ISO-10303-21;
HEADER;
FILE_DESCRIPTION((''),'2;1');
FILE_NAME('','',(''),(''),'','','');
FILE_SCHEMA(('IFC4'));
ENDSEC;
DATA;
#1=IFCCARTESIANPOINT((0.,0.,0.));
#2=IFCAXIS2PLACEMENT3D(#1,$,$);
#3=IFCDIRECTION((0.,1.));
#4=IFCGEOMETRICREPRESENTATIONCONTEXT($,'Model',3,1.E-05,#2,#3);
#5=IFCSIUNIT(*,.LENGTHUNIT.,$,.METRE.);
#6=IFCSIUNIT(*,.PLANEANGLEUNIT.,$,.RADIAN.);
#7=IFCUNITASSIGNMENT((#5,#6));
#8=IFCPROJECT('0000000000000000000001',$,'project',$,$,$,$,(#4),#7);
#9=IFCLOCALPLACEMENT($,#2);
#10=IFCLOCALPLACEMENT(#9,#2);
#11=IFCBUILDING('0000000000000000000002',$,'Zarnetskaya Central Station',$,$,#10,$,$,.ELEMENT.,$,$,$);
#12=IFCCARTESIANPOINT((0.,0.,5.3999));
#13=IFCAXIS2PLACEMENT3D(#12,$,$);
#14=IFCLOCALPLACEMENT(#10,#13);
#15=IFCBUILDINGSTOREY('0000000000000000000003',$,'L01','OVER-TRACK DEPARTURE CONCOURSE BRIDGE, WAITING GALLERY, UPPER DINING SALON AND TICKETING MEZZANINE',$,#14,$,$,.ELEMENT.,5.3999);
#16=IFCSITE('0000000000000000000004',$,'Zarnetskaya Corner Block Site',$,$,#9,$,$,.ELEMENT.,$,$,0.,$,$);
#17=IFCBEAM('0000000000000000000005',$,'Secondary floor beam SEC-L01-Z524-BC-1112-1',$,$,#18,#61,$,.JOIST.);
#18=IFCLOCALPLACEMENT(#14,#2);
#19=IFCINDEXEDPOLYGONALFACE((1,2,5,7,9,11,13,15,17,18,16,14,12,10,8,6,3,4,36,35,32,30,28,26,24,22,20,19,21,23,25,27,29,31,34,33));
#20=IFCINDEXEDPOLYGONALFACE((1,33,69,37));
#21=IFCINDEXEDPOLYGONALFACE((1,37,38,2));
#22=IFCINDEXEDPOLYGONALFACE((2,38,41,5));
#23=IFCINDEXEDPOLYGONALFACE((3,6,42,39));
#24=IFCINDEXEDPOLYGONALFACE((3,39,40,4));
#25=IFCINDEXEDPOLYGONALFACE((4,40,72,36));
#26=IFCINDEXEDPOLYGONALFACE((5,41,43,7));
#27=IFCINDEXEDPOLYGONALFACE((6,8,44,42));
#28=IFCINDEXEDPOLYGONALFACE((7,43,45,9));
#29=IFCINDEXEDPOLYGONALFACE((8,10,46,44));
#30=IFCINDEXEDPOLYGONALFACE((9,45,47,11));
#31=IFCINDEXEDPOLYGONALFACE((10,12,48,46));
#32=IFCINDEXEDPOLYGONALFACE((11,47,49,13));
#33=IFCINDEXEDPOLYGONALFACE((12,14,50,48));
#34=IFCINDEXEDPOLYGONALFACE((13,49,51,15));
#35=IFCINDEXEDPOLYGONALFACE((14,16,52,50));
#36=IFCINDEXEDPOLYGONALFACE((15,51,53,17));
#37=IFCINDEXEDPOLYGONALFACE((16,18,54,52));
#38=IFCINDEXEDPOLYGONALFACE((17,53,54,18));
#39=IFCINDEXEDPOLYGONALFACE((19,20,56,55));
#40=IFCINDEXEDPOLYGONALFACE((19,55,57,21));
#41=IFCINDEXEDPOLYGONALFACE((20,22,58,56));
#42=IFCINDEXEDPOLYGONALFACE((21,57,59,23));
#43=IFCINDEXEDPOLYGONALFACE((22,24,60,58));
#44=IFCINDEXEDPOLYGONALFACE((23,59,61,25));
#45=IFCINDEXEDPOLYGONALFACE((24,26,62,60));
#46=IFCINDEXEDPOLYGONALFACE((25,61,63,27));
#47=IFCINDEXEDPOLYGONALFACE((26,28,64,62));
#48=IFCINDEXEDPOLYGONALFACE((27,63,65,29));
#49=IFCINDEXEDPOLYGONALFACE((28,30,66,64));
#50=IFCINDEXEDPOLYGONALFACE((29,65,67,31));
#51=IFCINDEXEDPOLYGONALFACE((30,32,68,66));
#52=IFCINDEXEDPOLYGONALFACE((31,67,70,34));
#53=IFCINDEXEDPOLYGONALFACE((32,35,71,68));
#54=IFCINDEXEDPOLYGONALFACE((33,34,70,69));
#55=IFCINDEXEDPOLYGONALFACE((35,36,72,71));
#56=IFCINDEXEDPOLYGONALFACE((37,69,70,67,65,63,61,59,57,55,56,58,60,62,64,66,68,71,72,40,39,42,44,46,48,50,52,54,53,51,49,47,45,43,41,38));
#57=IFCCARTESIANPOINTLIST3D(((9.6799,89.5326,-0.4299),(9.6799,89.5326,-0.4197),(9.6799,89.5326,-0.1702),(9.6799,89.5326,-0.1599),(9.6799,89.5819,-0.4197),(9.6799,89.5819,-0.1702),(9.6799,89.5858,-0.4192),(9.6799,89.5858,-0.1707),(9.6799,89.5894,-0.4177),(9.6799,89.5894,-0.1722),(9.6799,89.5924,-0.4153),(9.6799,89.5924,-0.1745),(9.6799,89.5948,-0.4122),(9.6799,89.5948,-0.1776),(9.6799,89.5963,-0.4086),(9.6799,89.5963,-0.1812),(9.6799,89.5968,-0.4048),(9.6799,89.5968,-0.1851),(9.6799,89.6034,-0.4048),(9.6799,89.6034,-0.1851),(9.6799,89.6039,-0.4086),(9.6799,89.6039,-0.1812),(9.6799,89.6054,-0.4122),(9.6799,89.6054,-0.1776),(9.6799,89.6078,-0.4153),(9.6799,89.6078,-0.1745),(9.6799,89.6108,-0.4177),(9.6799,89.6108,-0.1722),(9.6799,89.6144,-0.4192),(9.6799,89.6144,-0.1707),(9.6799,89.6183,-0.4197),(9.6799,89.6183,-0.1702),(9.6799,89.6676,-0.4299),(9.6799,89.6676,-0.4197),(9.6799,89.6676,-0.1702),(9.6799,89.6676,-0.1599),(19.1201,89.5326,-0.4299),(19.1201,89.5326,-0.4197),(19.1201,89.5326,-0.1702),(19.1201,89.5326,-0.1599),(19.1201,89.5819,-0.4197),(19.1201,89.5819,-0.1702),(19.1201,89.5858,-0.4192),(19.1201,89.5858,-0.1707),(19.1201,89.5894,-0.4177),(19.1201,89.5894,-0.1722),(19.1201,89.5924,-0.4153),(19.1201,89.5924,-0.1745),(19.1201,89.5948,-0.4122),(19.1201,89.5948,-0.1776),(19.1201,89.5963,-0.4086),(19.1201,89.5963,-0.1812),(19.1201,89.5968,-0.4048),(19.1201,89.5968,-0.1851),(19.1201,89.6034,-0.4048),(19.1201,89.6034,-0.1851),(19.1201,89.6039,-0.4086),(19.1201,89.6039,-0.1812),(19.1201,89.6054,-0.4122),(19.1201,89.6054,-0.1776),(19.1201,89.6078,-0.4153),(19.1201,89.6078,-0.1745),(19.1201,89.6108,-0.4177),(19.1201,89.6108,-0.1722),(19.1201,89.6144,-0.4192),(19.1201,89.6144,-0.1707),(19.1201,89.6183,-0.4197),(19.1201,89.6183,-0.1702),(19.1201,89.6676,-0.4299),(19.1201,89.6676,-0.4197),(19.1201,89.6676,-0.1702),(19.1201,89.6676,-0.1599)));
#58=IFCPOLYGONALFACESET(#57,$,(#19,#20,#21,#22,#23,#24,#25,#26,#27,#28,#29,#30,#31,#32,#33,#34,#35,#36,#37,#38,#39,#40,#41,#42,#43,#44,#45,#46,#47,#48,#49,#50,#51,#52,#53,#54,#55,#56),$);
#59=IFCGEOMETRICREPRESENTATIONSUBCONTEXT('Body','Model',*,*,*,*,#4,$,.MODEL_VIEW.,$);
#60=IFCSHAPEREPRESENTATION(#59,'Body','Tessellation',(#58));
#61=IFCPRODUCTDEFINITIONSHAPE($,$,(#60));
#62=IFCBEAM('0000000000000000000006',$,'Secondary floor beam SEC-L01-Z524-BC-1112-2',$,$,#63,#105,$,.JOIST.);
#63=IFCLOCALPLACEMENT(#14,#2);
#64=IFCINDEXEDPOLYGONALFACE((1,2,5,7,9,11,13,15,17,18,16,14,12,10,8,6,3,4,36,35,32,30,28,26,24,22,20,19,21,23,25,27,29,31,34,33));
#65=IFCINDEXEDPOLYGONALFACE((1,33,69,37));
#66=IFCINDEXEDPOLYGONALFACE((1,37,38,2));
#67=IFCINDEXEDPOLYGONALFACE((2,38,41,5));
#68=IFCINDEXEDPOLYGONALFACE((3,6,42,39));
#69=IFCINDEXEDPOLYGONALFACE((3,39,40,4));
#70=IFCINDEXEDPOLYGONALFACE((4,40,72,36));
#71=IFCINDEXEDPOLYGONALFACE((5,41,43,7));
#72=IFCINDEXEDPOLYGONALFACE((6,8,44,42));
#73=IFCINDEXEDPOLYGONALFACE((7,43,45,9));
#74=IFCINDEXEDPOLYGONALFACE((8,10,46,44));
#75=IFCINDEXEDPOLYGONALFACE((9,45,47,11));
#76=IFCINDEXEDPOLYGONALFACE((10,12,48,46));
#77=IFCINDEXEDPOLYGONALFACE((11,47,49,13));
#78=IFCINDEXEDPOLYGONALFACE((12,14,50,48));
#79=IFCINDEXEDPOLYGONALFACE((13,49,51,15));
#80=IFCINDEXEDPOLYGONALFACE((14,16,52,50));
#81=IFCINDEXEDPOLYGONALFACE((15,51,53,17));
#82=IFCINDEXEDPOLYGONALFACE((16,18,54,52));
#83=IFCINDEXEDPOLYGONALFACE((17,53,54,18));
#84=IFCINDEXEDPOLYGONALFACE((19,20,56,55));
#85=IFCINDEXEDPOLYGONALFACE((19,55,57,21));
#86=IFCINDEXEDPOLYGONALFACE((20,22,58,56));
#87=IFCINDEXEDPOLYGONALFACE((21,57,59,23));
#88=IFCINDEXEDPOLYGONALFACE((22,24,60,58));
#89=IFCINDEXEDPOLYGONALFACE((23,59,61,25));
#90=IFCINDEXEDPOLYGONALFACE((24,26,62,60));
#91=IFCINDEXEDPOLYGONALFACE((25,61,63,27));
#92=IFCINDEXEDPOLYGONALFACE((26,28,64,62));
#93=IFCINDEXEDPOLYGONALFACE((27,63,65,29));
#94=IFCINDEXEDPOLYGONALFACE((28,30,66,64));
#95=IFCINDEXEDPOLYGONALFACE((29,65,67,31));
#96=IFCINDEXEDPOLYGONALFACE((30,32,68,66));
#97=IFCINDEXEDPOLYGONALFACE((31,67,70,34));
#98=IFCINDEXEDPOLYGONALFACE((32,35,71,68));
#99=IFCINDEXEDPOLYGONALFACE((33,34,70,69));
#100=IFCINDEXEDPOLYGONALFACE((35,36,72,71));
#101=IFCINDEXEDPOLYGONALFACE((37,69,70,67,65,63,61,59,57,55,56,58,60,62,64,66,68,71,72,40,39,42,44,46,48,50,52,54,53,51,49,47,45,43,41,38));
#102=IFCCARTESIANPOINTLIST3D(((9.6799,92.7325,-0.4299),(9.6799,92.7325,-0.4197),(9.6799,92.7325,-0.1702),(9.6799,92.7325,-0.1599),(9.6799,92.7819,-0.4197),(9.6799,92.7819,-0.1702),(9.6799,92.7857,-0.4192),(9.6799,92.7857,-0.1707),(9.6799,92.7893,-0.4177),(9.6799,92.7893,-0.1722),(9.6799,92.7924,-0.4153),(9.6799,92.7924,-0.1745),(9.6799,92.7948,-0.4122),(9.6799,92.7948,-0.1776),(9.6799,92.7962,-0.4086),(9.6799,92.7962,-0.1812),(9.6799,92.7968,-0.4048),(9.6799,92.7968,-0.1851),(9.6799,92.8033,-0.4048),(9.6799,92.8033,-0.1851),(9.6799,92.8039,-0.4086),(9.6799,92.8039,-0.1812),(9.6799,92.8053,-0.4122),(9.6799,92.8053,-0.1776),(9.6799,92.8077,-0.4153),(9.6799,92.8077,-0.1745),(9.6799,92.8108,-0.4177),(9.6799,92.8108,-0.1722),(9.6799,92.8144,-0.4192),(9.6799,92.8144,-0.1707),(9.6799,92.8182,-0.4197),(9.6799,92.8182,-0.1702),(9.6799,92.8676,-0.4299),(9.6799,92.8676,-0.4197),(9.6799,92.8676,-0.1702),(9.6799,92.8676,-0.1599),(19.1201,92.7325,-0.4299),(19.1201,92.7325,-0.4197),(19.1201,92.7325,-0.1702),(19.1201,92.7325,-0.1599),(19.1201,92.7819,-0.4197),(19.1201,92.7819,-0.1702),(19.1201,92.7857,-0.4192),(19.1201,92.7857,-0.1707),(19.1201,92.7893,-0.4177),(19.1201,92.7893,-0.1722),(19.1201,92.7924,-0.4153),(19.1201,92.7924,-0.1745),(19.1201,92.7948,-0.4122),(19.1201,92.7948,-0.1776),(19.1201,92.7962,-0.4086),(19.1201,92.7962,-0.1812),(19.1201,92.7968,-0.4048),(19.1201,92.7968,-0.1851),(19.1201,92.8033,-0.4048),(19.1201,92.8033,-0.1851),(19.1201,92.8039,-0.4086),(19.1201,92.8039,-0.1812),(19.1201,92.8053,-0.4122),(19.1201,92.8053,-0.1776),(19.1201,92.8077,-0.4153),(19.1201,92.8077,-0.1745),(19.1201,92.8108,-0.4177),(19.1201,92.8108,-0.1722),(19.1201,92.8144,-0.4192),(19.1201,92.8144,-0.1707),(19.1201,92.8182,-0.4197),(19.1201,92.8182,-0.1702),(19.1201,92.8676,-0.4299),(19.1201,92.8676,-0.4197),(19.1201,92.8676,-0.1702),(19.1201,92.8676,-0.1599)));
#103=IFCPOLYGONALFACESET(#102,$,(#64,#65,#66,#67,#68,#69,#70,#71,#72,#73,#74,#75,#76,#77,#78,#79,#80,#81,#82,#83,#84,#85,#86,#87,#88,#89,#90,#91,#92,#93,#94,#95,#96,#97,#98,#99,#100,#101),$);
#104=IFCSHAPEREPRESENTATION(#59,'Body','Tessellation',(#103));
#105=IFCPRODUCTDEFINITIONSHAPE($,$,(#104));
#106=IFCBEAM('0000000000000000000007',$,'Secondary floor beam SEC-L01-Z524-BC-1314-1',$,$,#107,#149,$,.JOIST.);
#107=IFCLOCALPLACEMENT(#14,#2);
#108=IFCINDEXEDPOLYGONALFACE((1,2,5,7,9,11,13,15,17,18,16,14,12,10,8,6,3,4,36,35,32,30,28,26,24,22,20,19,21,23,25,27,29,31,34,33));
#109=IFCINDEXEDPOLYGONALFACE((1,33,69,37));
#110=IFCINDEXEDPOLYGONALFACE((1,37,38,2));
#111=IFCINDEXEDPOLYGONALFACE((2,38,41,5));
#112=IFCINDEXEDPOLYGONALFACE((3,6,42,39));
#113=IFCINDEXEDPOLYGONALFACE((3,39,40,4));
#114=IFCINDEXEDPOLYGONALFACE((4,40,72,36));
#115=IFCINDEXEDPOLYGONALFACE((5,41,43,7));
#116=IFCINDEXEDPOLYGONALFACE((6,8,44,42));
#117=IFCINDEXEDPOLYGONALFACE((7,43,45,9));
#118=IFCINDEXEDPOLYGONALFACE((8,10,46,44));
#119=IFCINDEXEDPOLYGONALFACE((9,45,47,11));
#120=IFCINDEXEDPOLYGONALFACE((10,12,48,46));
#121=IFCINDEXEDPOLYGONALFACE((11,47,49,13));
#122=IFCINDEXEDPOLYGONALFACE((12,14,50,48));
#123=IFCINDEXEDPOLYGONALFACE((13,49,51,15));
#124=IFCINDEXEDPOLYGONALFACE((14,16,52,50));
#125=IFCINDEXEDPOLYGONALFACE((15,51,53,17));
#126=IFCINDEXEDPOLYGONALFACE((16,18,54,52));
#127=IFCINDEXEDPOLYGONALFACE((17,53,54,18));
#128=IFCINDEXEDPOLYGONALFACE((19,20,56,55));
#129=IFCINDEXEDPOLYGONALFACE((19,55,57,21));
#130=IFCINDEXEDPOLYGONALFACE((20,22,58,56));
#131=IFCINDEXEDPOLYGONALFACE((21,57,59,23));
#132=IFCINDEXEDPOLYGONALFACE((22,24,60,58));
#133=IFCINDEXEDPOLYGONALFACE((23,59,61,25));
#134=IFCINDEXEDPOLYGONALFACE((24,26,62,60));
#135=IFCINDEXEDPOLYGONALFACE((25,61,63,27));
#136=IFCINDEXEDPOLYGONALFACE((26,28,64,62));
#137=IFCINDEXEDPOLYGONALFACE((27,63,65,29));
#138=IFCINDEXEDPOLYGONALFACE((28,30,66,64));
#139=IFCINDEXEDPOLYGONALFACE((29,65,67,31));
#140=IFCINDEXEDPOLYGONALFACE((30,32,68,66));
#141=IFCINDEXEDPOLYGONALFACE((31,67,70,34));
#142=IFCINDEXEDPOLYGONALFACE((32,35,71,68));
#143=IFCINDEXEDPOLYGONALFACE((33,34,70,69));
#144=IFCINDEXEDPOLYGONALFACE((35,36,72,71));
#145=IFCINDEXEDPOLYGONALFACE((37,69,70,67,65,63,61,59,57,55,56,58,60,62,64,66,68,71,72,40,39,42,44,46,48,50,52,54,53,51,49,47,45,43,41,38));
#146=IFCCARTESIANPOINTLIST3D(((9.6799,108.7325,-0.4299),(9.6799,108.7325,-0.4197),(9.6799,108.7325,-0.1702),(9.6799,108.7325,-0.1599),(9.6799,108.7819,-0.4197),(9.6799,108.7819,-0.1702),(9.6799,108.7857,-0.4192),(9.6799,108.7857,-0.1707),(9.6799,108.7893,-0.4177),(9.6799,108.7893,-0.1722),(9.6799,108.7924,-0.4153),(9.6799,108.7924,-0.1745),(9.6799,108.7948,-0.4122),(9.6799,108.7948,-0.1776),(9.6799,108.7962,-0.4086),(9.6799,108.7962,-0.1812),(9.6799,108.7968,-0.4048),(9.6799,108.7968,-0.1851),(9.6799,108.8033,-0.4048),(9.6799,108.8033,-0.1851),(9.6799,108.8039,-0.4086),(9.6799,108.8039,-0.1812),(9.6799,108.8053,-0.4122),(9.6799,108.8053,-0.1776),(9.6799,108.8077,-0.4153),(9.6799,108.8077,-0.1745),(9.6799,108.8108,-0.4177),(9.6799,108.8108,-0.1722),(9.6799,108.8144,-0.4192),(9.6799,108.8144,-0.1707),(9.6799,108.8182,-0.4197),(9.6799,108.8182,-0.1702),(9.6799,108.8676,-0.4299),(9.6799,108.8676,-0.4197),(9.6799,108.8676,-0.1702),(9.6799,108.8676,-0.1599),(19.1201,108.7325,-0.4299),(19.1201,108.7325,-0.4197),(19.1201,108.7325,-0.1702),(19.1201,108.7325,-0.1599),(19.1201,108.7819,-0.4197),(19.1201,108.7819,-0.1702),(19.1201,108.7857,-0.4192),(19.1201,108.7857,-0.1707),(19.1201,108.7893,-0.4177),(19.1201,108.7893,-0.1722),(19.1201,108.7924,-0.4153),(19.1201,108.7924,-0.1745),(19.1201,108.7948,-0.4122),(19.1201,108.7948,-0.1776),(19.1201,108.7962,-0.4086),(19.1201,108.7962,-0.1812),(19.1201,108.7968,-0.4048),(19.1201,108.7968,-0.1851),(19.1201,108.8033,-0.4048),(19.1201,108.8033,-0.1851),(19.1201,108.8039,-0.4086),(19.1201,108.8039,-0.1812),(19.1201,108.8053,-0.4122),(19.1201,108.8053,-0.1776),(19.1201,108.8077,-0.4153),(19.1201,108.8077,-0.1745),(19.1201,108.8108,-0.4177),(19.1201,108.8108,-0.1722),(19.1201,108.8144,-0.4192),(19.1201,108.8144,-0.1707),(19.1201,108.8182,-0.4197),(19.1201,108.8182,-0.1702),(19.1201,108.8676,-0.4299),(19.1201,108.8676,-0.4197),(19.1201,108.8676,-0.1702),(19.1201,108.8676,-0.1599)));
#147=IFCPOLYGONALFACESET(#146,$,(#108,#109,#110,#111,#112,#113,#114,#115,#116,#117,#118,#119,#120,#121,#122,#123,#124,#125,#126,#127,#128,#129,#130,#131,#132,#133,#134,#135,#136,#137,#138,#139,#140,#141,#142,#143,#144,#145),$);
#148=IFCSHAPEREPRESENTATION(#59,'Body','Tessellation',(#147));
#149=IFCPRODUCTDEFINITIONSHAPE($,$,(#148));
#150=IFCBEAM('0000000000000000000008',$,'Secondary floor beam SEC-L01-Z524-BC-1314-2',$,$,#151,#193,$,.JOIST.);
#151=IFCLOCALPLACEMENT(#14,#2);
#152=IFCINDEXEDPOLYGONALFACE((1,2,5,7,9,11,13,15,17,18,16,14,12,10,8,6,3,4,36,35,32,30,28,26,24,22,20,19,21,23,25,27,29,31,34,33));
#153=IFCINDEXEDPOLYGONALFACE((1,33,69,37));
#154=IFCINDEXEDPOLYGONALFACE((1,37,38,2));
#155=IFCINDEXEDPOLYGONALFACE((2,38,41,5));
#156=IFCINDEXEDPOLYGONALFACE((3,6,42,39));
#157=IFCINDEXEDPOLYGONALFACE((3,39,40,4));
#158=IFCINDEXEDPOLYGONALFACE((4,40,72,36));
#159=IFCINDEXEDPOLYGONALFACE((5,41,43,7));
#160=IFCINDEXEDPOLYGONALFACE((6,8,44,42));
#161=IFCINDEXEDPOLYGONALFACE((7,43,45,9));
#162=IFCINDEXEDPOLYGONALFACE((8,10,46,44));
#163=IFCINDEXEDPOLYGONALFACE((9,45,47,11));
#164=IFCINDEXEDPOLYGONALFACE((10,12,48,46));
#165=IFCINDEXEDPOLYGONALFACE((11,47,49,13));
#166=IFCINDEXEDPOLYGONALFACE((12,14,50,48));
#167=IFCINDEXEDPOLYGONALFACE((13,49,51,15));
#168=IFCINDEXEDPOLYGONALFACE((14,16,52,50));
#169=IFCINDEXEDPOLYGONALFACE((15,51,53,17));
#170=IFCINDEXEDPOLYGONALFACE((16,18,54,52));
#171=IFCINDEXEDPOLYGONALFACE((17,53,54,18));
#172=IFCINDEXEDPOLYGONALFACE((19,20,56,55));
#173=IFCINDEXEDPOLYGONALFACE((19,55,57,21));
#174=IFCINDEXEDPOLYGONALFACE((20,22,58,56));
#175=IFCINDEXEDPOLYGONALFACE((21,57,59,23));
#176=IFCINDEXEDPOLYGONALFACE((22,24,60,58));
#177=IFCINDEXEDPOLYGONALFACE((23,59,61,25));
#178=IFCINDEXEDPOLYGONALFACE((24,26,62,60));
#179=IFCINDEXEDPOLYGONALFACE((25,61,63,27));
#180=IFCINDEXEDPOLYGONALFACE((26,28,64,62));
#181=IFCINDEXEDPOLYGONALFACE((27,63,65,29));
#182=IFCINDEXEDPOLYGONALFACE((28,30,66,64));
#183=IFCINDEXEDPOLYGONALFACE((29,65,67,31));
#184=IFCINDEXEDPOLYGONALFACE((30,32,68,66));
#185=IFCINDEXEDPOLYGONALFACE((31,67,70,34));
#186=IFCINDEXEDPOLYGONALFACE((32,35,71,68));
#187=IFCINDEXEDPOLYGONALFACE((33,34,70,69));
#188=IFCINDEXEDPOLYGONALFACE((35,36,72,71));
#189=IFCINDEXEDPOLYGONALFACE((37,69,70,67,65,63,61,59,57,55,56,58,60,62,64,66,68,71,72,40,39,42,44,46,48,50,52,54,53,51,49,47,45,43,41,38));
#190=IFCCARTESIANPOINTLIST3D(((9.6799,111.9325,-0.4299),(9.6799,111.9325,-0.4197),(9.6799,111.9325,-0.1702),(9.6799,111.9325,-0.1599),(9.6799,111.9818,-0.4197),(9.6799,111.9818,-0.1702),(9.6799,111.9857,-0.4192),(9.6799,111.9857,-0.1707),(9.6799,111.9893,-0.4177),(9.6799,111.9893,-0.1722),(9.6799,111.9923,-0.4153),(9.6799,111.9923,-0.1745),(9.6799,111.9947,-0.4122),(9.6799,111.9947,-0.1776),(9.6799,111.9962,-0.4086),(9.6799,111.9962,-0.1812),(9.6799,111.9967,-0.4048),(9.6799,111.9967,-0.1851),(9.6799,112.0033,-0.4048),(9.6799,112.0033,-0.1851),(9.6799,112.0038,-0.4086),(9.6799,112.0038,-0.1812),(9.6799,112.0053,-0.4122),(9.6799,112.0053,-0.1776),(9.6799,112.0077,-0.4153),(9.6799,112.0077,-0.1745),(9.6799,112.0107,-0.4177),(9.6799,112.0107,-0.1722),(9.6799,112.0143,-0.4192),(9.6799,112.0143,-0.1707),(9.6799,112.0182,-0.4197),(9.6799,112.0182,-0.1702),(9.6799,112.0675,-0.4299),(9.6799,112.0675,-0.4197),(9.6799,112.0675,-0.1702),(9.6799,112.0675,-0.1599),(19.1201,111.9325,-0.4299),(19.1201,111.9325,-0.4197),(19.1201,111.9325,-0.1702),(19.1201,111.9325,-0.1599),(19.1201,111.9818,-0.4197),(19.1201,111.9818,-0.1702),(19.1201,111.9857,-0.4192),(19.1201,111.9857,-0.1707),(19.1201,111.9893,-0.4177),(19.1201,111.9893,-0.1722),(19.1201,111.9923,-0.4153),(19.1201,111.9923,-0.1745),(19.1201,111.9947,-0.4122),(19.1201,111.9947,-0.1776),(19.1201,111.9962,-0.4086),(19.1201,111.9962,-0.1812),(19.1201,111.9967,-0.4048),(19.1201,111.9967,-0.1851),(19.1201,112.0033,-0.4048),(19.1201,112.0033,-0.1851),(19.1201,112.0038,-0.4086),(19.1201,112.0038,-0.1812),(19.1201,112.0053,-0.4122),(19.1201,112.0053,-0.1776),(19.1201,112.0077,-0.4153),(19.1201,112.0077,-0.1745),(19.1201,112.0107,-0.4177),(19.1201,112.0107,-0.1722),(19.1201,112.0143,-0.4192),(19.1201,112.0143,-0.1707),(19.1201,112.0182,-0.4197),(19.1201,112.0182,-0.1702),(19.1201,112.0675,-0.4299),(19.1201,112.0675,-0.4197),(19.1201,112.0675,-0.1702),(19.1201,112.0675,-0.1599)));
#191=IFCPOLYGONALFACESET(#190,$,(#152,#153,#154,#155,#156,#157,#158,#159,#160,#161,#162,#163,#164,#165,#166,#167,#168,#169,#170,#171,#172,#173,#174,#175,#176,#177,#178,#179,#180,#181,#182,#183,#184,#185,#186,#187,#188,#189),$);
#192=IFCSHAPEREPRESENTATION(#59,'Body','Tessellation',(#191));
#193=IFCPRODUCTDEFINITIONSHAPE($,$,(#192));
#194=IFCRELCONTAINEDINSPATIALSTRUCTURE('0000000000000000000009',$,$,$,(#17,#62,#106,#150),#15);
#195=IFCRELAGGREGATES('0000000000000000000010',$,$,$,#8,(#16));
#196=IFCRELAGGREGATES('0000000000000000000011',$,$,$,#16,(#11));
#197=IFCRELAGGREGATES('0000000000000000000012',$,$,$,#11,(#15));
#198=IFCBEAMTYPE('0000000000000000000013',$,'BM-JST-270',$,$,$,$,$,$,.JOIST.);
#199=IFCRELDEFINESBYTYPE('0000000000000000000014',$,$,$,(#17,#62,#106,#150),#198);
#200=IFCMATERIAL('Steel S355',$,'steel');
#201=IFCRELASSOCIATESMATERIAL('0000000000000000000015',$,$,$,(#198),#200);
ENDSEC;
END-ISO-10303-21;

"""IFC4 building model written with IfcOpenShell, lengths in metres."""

from ifc_helpers import new_model, si_unit, direction, frame, origin, origin_2d, place, context, subcontext, project, spatial, i_section, extrude, material, material_profile, profile_set, type_object, element, save


model = new_model("IFC4")

# Units and contexts
model_context = context("Model", 3, precision=1e-05, world=origin(), true_north=direction((0.0, 1.0)))
body_context = subcontext(model_context, "Body", "Model", "MODEL_VIEW")
ifc_project = project(units=[si_unit("LENGTHUNIT", "METRE"), si_unit("PLANEANGLEUNIT", "RADIAN")], contexts=[model_context])

# Site, building, storey
site_placement = place(None, origin())
site = spatial("IfcSite", under=ifc_project, at=site_placement, Name="Zarnetskaya Corner Block Site", CompositionType="ELEMENT", RefElevation=0.0)
building_placement = place(site_placement, origin())
building = spatial("IfcBuilding", under=site, at=building_placement, Name="Zarnetskaya Central Station", CompositionType="ELEMENT")
storey_placement = place(building_placement, frame((0.0, 0.0, 5.3999)))
storey = spatial("IfcBuildingStorey", under=building, at=storey_placement, Name="L01", Description="OVER-TRACK DEPARTURE CONCOURSE BRIDGE, WAITING GALLERY, UPPER DINING SALON AND TICKETING MEZZANINE", CompositionType="ELEMENT", Elevation=5.3999)

# Beams
ifc_material = material(Name="Steel S355", Category="steel")
ifc_material_profile_1 = material_profile(ifc_material, i_section(OverallWidth=0.135, OverallDepth=0.27, WebThickness=0.0066, FlangeThickness=0.0103, FilletRadius=0.0149, at=origin_2d()), Name="IPE 270")
ifc_profile_set_1 = profile_set([ifc_material_profile_1], Name="Steel S355")
beam_type_1 = type_object("IfcBeamType", Name="BM-JST-270", PredefinedType="JOIST", material=ifc_profile_set_1)
for number, where, z_axis, x_axis, name in (
    (1, (9.6799, 89.6001, -0.2949), (1.0, 0.0, 0.0), (0.0, 1.0, 0.0), "Secondary floor beam SEC-L01-Z524-BC-1112-1"),
    (2, (9.6799, 92.8, -0.2949), (1.0, 0.0, 0.0), (0.0, 1.0, 0.0), "Secondary floor beam SEC-L01-Z524-BC-1112-2"),
    (3, (9.6799, 108.8, -0.2949), (1.0, 0.0, 0.0), (0.0, 1.0, 0.0), "Secondary floor beam SEC-L01-Z524-BC-1314-1"),
    (4, (9.6799, 112.0, -0.2949), (1.0, 0.0, 0.0), (0.0, 1.0, 0.0), "Secondary floor beam SEC-L01-Z524-BC-1314-2"),
):
    element("IfcBeam", number, at=place(storey_placement, frame(where, z_axis=z_axis, x_axis=x_axis)), inside=storey, type_object=beam_type_1, Name=name, PredefinedType="JOIST", context=body_context, shape_type="SweptSolid", body=[
        extrude(i_section(OverallWidth=0.135, OverallDepth=0.27, WebThickness=0.0066, FlangeThickness=0.0103, FilletRadius=0.0149, at=origin_2d()), origin(), (0.0, 0.0, 1.0), 9.4402),
    ])

save(model, "model.ifc")
